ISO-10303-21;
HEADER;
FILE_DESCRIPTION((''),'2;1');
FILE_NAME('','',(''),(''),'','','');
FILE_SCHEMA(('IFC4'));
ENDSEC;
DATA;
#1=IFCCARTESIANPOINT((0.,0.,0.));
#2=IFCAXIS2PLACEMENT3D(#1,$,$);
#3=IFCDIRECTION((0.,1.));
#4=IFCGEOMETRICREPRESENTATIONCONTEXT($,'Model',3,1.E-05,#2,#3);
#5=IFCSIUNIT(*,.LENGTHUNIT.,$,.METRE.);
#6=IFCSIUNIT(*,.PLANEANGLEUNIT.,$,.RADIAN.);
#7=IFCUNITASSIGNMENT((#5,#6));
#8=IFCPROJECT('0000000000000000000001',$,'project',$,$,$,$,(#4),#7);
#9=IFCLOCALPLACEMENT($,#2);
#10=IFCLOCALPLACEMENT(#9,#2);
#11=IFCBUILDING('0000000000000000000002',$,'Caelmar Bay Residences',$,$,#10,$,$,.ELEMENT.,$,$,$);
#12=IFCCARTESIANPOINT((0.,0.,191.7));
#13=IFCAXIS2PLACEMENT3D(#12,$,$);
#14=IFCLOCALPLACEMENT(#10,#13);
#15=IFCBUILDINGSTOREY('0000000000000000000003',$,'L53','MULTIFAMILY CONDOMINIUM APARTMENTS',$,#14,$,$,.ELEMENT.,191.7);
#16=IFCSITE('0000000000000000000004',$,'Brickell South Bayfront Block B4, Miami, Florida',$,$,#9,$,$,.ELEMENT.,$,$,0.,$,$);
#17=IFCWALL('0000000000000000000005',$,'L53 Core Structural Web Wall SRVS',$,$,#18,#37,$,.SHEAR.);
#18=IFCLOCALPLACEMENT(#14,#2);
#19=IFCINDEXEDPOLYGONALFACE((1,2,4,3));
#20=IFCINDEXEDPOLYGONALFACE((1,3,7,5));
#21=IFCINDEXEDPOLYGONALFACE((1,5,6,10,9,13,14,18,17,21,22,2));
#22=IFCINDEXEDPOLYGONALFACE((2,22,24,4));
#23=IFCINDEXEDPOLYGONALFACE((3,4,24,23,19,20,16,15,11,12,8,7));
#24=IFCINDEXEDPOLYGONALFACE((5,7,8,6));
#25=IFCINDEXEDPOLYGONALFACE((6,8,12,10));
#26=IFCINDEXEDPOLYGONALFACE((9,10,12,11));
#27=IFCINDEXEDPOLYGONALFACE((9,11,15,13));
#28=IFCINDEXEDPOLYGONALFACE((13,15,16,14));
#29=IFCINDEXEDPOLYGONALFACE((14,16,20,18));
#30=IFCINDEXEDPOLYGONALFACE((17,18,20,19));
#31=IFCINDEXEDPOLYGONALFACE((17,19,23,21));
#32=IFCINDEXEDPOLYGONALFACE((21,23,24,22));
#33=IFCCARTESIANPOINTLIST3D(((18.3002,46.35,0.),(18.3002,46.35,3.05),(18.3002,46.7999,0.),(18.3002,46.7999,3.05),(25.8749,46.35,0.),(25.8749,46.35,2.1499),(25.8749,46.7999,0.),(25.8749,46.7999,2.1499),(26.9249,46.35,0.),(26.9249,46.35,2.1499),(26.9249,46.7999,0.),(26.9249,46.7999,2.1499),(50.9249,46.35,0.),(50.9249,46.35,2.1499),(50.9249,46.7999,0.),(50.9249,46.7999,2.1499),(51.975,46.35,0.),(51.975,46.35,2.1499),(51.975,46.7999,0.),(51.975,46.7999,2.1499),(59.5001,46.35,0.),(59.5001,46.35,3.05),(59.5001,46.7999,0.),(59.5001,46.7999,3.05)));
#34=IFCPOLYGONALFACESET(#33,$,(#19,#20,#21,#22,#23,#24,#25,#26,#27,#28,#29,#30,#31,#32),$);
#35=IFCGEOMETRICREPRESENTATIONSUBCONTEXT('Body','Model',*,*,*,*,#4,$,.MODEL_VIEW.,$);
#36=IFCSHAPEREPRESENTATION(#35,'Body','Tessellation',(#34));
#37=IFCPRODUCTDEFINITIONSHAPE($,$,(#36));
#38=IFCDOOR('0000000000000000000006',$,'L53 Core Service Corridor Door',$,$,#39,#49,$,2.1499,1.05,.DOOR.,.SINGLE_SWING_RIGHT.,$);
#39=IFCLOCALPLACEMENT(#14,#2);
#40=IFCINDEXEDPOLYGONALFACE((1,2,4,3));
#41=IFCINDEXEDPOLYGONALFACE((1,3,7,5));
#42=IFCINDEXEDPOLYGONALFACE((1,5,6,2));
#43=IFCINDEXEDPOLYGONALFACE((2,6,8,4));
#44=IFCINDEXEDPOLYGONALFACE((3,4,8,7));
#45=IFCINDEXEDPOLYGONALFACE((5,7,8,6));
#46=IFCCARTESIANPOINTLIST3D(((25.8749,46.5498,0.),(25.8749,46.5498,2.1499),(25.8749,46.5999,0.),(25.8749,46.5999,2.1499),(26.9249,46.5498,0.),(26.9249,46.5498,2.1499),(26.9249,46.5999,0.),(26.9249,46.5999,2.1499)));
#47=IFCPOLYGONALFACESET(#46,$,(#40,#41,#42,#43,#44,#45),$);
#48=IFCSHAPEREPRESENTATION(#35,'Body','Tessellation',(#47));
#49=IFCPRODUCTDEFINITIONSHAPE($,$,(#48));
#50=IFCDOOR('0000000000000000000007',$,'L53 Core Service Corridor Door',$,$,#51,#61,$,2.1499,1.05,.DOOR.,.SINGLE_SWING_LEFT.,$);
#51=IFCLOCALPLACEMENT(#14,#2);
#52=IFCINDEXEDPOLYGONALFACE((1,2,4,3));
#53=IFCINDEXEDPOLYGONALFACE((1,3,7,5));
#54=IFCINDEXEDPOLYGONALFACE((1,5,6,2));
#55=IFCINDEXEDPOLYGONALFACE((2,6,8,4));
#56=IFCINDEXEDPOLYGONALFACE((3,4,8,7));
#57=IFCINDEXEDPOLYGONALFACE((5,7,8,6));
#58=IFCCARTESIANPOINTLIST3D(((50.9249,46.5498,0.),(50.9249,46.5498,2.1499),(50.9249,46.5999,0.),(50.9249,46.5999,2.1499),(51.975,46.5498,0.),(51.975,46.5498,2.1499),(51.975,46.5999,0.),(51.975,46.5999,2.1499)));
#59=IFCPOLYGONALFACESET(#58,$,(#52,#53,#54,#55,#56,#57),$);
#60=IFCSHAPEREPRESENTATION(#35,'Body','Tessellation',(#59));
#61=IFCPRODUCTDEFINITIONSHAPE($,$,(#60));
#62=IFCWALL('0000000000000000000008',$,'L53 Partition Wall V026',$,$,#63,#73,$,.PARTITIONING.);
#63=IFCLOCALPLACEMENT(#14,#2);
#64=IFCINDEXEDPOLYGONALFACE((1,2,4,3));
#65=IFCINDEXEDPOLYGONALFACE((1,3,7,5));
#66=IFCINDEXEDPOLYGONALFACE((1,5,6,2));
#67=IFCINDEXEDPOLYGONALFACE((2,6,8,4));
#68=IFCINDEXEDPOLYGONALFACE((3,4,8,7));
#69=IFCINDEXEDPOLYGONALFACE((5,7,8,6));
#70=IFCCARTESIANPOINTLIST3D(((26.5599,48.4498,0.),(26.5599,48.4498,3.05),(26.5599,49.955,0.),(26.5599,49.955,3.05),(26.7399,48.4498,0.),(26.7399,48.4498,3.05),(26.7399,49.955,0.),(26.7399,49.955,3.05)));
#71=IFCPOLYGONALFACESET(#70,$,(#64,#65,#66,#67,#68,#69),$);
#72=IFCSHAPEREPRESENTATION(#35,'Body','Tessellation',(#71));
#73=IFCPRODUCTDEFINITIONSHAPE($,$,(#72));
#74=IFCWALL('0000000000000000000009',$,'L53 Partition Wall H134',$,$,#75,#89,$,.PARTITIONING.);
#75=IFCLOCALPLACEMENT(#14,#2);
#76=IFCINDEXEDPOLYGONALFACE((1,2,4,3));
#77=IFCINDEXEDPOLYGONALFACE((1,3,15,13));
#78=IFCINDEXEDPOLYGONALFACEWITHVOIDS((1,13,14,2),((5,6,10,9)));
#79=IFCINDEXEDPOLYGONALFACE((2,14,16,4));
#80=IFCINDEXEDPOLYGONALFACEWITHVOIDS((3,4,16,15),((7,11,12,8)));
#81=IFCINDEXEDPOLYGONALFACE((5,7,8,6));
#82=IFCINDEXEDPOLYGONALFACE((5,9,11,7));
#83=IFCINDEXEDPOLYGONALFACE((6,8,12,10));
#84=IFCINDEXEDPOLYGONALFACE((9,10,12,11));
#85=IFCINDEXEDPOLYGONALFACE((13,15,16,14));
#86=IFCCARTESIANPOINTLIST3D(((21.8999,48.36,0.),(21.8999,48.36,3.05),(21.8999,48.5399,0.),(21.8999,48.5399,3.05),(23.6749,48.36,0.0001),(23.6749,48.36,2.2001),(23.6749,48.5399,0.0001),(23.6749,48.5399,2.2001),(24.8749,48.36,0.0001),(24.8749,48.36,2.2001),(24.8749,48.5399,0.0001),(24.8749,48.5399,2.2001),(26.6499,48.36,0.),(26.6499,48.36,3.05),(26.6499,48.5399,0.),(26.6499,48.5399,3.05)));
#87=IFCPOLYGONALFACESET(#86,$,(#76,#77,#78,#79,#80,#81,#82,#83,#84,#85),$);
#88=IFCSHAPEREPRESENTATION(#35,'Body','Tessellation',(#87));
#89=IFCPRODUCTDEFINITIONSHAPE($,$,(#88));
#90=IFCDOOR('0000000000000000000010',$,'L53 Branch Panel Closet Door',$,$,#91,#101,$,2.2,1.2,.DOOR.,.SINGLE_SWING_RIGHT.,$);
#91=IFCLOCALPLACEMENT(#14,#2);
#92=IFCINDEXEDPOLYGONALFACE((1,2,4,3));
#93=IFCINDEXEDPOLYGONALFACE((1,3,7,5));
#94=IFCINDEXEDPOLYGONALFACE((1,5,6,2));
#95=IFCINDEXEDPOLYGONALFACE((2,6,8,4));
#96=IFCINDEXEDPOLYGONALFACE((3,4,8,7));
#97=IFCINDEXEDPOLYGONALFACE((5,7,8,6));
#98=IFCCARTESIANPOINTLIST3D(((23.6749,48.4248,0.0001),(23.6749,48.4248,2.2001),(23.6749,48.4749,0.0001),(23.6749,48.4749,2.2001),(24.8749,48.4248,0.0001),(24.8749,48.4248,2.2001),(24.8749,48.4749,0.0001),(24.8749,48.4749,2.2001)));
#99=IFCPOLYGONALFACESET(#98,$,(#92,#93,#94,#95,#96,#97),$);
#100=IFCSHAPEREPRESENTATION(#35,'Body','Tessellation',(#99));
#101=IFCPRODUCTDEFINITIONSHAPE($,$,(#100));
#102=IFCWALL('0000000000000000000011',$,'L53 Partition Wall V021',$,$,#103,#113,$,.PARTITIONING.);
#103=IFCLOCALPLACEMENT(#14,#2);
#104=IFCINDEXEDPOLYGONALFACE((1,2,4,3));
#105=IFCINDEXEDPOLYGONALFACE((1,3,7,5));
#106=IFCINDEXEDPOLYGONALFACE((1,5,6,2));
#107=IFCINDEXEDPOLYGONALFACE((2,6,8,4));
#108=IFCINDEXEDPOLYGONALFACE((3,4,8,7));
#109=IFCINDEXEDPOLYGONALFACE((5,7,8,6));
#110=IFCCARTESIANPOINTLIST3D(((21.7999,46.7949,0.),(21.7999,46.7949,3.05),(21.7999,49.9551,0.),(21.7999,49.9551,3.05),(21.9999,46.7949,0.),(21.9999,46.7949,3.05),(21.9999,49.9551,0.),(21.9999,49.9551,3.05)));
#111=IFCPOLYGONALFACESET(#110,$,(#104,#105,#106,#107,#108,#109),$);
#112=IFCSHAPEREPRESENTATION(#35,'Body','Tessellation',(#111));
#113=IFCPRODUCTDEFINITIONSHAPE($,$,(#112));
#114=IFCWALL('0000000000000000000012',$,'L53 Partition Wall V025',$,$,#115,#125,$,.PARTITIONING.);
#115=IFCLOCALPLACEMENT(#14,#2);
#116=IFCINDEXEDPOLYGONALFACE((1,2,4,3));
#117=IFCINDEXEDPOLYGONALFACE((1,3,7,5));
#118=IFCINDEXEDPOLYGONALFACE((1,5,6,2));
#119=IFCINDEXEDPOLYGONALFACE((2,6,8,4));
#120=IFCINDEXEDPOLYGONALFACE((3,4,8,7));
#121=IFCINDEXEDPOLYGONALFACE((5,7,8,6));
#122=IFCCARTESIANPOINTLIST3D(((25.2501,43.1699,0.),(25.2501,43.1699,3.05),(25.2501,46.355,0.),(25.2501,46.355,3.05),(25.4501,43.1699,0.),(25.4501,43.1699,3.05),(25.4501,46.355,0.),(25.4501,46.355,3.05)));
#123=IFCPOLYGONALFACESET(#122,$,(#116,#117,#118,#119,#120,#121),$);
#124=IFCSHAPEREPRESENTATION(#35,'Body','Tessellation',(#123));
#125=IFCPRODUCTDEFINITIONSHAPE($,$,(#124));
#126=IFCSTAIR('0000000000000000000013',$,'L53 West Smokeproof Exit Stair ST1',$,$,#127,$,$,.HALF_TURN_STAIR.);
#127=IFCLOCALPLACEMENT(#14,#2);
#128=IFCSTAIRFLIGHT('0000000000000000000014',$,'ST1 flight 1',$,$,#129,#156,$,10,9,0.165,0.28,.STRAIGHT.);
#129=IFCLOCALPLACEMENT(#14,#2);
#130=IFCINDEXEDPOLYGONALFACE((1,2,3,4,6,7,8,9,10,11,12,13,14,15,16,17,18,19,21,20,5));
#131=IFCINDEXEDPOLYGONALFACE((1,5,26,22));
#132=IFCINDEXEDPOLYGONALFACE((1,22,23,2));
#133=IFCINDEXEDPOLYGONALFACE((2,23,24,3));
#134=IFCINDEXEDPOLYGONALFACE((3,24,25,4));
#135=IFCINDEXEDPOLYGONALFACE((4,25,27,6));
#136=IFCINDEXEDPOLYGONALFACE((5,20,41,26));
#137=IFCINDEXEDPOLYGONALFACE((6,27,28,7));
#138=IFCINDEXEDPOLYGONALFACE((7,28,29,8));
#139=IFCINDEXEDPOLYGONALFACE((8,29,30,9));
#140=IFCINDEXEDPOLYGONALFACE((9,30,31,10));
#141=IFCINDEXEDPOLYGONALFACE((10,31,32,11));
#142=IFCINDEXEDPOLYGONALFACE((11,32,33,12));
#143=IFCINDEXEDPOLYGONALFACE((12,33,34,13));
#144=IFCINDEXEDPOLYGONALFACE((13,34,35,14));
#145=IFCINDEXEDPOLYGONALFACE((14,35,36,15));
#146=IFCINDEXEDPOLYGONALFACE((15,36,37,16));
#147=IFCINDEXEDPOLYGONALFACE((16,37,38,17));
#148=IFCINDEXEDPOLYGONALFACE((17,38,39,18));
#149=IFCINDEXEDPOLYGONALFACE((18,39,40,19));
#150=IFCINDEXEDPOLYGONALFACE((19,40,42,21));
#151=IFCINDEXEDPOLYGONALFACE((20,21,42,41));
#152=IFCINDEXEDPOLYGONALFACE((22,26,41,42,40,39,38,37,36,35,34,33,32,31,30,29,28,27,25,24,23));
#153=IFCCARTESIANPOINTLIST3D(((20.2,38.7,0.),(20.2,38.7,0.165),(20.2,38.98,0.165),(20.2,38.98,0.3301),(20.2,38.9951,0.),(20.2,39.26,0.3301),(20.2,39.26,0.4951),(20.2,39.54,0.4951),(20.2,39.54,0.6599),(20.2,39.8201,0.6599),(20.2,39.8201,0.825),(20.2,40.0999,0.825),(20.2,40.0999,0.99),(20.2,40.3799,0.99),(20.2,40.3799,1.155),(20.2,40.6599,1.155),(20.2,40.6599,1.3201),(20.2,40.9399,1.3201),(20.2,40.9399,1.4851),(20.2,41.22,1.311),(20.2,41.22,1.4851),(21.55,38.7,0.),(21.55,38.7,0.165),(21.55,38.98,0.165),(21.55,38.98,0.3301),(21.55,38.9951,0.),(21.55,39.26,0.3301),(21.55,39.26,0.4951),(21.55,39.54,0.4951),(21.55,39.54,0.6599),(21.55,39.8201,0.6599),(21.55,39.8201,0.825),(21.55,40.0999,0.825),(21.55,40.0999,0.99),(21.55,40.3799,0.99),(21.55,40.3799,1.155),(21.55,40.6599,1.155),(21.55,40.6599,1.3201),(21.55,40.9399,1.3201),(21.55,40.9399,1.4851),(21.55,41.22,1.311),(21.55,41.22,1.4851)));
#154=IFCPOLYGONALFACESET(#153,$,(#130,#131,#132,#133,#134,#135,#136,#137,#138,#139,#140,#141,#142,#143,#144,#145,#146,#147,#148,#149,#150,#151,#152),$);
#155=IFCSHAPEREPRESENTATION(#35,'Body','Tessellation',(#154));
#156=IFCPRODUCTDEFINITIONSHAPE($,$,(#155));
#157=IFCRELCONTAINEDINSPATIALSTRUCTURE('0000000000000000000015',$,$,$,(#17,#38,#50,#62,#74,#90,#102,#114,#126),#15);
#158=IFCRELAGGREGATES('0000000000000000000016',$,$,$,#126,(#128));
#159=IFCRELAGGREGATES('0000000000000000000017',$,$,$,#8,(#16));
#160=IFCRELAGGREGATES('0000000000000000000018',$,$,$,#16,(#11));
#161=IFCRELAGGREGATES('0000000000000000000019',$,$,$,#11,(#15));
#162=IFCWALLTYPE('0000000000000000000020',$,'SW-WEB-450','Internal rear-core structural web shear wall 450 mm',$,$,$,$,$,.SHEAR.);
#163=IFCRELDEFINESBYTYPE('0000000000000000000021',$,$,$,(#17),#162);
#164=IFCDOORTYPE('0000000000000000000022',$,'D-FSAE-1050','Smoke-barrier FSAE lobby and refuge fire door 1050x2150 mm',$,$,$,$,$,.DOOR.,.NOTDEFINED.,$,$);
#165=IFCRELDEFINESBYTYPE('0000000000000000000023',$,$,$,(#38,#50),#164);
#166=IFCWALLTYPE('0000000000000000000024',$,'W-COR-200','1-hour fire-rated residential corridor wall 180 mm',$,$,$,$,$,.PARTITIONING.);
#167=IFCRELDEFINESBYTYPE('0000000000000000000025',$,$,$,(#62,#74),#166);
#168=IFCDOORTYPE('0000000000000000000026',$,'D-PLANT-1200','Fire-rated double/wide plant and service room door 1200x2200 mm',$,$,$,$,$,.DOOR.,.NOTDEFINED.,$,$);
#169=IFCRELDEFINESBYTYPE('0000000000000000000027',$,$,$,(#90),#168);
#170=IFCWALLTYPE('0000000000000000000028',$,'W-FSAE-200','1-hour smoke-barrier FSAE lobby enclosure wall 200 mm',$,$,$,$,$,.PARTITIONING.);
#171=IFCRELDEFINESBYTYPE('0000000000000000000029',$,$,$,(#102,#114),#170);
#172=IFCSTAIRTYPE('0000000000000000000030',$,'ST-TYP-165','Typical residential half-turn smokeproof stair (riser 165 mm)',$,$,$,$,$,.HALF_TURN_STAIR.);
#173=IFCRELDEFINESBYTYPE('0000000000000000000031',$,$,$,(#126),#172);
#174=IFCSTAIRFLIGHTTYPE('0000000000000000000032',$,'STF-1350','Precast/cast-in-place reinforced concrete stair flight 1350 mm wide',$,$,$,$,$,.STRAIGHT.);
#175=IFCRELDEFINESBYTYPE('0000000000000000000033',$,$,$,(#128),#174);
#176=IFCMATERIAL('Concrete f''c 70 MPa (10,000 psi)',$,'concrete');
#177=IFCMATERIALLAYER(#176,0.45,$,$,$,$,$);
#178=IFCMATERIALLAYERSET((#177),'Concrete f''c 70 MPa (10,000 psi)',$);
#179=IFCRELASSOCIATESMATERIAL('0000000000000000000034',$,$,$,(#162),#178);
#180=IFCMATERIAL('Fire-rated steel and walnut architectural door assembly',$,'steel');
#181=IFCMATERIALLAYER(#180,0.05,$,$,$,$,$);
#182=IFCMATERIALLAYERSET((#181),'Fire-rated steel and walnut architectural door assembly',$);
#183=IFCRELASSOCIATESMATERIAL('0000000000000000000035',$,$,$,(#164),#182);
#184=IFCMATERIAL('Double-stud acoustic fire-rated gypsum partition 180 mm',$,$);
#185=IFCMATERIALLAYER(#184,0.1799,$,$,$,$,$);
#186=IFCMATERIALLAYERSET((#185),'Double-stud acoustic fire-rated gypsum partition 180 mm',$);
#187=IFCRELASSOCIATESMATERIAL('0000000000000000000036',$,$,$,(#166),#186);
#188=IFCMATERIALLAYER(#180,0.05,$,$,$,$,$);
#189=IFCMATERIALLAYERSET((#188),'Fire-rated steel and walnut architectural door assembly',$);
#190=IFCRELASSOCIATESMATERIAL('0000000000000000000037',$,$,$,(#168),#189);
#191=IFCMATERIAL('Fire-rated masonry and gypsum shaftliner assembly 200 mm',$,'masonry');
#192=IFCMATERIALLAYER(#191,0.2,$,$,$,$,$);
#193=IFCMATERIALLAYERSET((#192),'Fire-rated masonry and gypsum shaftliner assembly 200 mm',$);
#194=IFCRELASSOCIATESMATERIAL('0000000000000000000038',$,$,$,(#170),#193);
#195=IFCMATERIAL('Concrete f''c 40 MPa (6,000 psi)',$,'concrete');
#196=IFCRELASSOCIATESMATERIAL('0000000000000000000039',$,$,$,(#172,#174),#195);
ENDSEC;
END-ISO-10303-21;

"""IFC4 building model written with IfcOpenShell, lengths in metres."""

from ifc_helpers import new_model, si_unit, direction, frame, frame_2d, origin, place, context, subcontext, project, spatial, polyline, rectangle, outline, extrude, material, layer, layer_set, type_object, element, fill, aggregate, save


model = new_model("IFC4")

# Units and contexts
model_context = context("Model", 3, precision=1e-05, world=origin(), true_north=direction((0.0, 1.0)))
body_context = subcontext(model_context, "Body", "Model", "MODEL_VIEW")
ifc_project = project(units=[si_unit("LENGTHUNIT", "METRE"), si_unit("PLANEANGLEUNIT", "RADIAN")], contexts=[model_context])

# Site, building, storey
site_placement = place(None, origin())
site = spatial("IfcSite", under=ifc_project, at=site_placement, Name="Brickell South Bayfront Block B4, Miami, Florida", CompositionType="ELEMENT", RefElevation=0.0)
building_placement = place(site_placement, origin())
building = spatial("IfcBuilding", under=site, at=building_placement, Name="Caelmar Bay Residences", CompositionType="ELEMENT")
storey_placement = place(building_placement, frame((0.0, 0.0, 191.7)))
storey = spatial("IfcBuildingStorey", under=building, at=storey_placement, Name="L53", Description="MULTIFAMILY CONDOMINIUM APARTMENTS", CompositionType="ELEMENT", Elevation=191.7)

# Wall, openings, doors
ifc_material_1 = material(Name="Concrete f'c 70 MPa (10,000 psi)", Category="concrete")
ifc_layer_1 = layer(ifc_material_1, 0.45)
ifc_layer_set_1 = layer_set([ifc_layer_1], Name="Concrete f'c 70 MPa (10,000 psi)")
wall_type_1 = type_object("IfcWallType", Name="SW-WEB-450", Description="Internal rear-core structural web shear wall 450 mm", PredefinedType="SHEAR", material=ifc_layer_set_1)
ifc_material_2 = material(Name="Fire-rated steel and walnut architectural door assembly", Category="steel")
ifc_layer_2 = layer(ifc_material_2, 0.05)
ifc_layer_set_2 = layer_set([ifc_layer_2], Name="Fire-rated steel and walnut architectural door assembly")
door_type_1 = type_object("IfcDoorType", Name="D-FSAE-1050", Description="Smoke-barrier FSAE lobby and refuge fire door 1050x2150 mm", OperationType="NOTDEFINED", PredefinedType="DOOR", material=ifc_layer_set_2)
wall_1_placement = place(storey_placement, frame((18.3, 46.575, 0.0), z_axis=(0.0, 0.0, 1.0), x_axis=(1.0, 0.0, 0.0)))
wall_1 = element("IfcWall", 1, at=wall_1_placement, inside=storey, type_object=wall_type_1, Name="L53 Core Structural Web Wall SRVS", PredefinedType="SHEAR", context=body_context, shape_type="SweptSolid", body=[
    extrude(rectangle(XDim=41.2, YDim=0.45, at=frame_2d((20.6001, 0.0))), origin(), (0.0, 0.0, 1.0), 3.05),
])
opening_1_placement = place(wall_1_placement, frame((7.575, 0.0, 0.0)))
opening_1 = element("IfcOpeningElement", 2, at=opening_1_placement, cuts=wall_1, PredefinedType="OPENING", context=body_context, shape_type="SweptSolid", body=[
    extrude(rectangle(XDim=1.05, YDim=2.1499, at=frame_2d((0.5249, 1.075))), frame((0.0, 0.2349, 0.0), z_axis=(0.0, -1.0, 0.0), x_axis=(1.0, 0.0, 0.0)), (0.0, 0.0, 1.0), 0.47),
])
opening_2_placement = place(wall_1_placement, frame((32.625, 0.0, 0.0)))
opening_2 = element("IfcOpeningElement", 3, at=opening_2_placement, cuts=wall_1, PredefinedType="OPENING", context=body_context, shape_type="SweptSolid", body=[
    extrude(rectangle(XDim=1.05, YDim=2.1499, at=frame_2d((0.5249, 1.075))), frame((0.0, 0.2349, 0.0), z_axis=(0.0, -1.0, 0.0), x_axis=(1.0, 0.0, 0.0)), (0.0, 0.0, 1.0), 0.47),
])
door_1_placement = place(opening_1_placement, origin())
door_1 = element("IfcDoor", 4, at=door_1_placement, inside=storey, type_object=door_type_1, Name="L53 Core Service Corridor Door", OperationType="SINGLE_SWING_RIGHT", OverallHeight=2.1499, OverallWidth=1.05, PredefinedType="DOOR", context=body_context, shape_type="SweptSolid", body=[
    extrude(rectangle(XDim=1.05, YDim=2.1499, at=frame_2d((0.5249, 1.075))), frame((0.0, 0.0249, 0.0), z_axis=(0.0, -1.0, 0.0), x_axis=(1.0, 0.0, 0.0)), (0.0, 0.0, 1.0), 0.05),
])
fill(opening_1, door_1)
door_2_placement = place(opening_2_placement, origin())
door_2 = element("IfcDoor", 5, at=door_2_placement, inside=storey, type_object=door_type_1, Name="L53 Core Service Corridor Door", OperationType="SINGLE_SWING_LEFT", OverallHeight=2.1499, OverallWidth=1.05, PredefinedType="DOOR", context=body_context, shape_type="SweptSolid", body=[
    extrude(rectangle(XDim=1.05, YDim=2.1499, at=frame_2d((0.5249, 1.075))), frame((0.0, 0.0249, 0.0), z_axis=(0.0, -1.0, 0.0), x_axis=(1.0, 0.0, 0.0)), (0.0, 0.0, 1.0), 0.05),
])
fill(opening_2, door_2)

# Wall
ifc_material_3 = material(Name="Double-stud acoustic fire-rated gypsum partition 180 mm")
ifc_layer_3 = layer(ifc_material_3, 0.1799)
ifc_layer_set_3 = layer_set([ifc_layer_3], Name="Double-stud acoustic fire-rated gypsum partition 180 mm")
wall_type_2 = type_object("IfcWallType", Name="W-COR-200", Description="1-hour fire-rated residential corridor wall 180 mm", PredefinedType="PARTITIONING", material=ifc_layer_set_3)
wall_2_placement = place(storey_placement, frame((26.6499, 48.45, 0.0), z_axis=(0.0, 0.0, 1.0), x_axis=(0.0, 1.0, 0.0)))
element("IfcWall", 6, at=wall_2_placement, inside=storey, type_object=wall_type_2, Name="L53 Partition Wall V026", PredefinedType="PARTITIONING", context=body_context, shape_type="SweptSolid", body=[
    extrude(rectangle(XDim=1.5051, YDim=0.1799, at=frame_2d((0.7524, 0.0))), origin(), (0.0, 0.0, 1.0), 3.05),
])

# Wall, opening, door
wall_3_placement = place(storey_placement, frame((21.8999, 48.45, 0.0), z_axis=(0.0, 0.0, 1.0), x_axis=(1.0, 0.0, 0.0)))
wall_3 = element("IfcWall", 7, at=wall_3_placement, inside=storey, type_object=wall_type_2, Name="L53 Partition Wall H134", PredefinedType="PARTITIONING", context=body_context, shape_type="SweptSolid", body=[
    extrude(rectangle(XDim=4.75, YDim=0.1799, at=frame_2d((2.375, 0.0))), origin(), (0.0, 0.0, 1.0), 3.05),
])
opening_3_placement = place(wall_3_placement, frame((1.7749, 0.0, 0.0)))
opening_3 = element("IfcOpeningElement", 8, at=opening_3_placement, cuts=wall_3, PredefinedType="OPENING", context=body_context, shape_type="SweptSolid", body=[
    extrude(rectangle(XDim=1.2, YDim=2.2, at=frame_2d((0.6001, 1.1001))), frame((0.0, 0.0999, 0.0), z_axis=(0.0, -1.0, 0.0), x_axis=(1.0, 0.0, 0.0)), (0.0, 0.0, 1.0), 0.2),
])
ifc_layer_4 = layer(ifc_material_2, 0.05)
ifc_layer_set_4 = layer_set([ifc_layer_4], Name="Fire-rated steel and walnut architectural door assembly")
door_type_2 = type_object("IfcDoorType", Name="D-PLANT-1200", Description="Fire-rated double/wide plant and service room door 1200x2200 mm", OperationType="NOTDEFINED", PredefinedType="DOOR", material=ifc_layer_set_4)
door_3_placement = place(opening_3_placement, origin())
door_3 = element("IfcDoor", 9, at=door_3_placement, inside=storey, type_object=door_type_2, Name="L53 Branch Panel Closet Door", OperationType="SINGLE_SWING_RIGHT", OverallHeight=2.2, OverallWidth=1.2, PredefinedType="DOOR", context=body_context, shape_type="SweptSolid", body=[
    extrude(rectangle(XDim=1.2, YDim=2.2, at=frame_2d((0.6001, 1.1001))), frame((0.0, 0.0249, 0.0), z_axis=(0.0, -1.0, 0.0), x_axis=(1.0, 0.0, 0.0)), (0.0, 0.0, 1.0), 0.05),
])
fill(opening_3, door_3)

# Walls
ifc_material_4 = material(Name="Fire-rated masonry and gypsum shaftliner assembly 200 mm", Category="masonry")
ifc_layer_5 = layer(ifc_material_4, 0.2)
ifc_layer_set_5 = layer_set([ifc_layer_5], Name="Fire-rated masonry and gypsum shaftliner assembly 200 mm")
wall_type_3 = type_object("IfcWallType", Name="W-FSAE-200", Description="1-hour smoke-barrier FSAE lobby enclosure wall 200 mm", PredefinedType="PARTITIONING", material=ifc_layer_set_5)
wall_4_placement = place(storey_placement, frame((21.8999, 46.7949, 0.0), z_axis=(0.0, 0.0, 1.0), x_axis=(0.0, 1.0, 0.0)))
element("IfcWall", 10, at=wall_4_placement, inside=storey, type_object=wall_type_3, Name="L53 Partition Wall V021", PredefinedType="PARTITIONING", context=body_context, shape_type="SweptSolid", body=[
    extrude(rectangle(XDim=3.1602, YDim=0.2, at=frame_2d((1.5801, 0.0))), origin(), (0.0, 0.0, 1.0), 3.05),
])
wall_5_placement = place(storey_placement, frame((25.3501, 43.1699, 0.0), z_axis=(0.0, 0.0, 1.0), x_axis=(0.0, 1.0, 0.0)))
element("IfcWall", 11, at=wall_5_placement, inside=storey, type_object=wall_type_3, Name="L53 Partition Wall V025", PredefinedType="PARTITIONING", context=body_context, shape_type="SweptSolid", body=[
    extrude(rectangle(XDim=3.1851, YDim=0.2, at=frame_2d((1.5925, 0.0))), origin(), (0.0, 0.0, 1.0), 3.05),
])

# Stair, stair flight
ifc_material_5 = material(Name="Concrete f'c 40 MPa (6,000 psi)", Category="concrete")
stair_type = type_object("IfcStairType", Name="ST-TYP-165", Description="Typical residential half-turn smokeproof stair (riser 165 mm)", PredefinedType="HALF_TURN_STAIR", material=ifc_material_5)
stair_placement = place(storey_placement, origin())
stair = element("IfcStair", 12, at=stair_placement, inside=storey, type_object=stair_type, Name="L53 West Smokeproof Exit Stair ST1", PredefinedType="HALF_TURN_STAIR")
stair_flight_type = type_object("IfcStairFlightType", Name="STF-1350", Description="Precast/cast-in-place reinforced concrete stair flight 1350 mm wide", PredefinedType="STRAIGHT", material=ifc_material_5)
stair_flight_1_placement = place(storey_placement, frame((20.875, 38.7, 0.0), z_axis=(0.0, 0.0, 1.0), x_axis=(0.0, 1.0, 0.0)))
stair_flight_1 = element("IfcStairFlight", 13, at=stair_flight_1_placement, type_object=stair_flight_type, Name="ST1 flight 1", NumberOfRisers=10, NumberOfTreads=9, PredefinedType="STRAIGHT", RiserHeight=0.165, TreadLength=0.28, context=body_context, shape_type="SweptSolid", body=[
    extrude(outline(polyline([(0.0, 0.0), (0.0, 0.165), (0.28, 0.165), (0.28, 0.3301), (0.5601, 0.3301), (0.5601, 0.4951), (0.8401, 0.4951), (0.8401, 0.6599), (1.1201, 0.6599), (1.1201, 0.825), (1.3999, 0.825), (1.3999, 0.99), (1.6799, 0.99), (1.6799, 1.155), (1.96, 1.155), (1.96, 1.3201), (2.24, 1.3201), (2.24, 1.4851), (2.52, 1.4851), (2.52, 1.6499), (2.52, 1.311), (0.2952, 0.0), (0.0, 0.0)])), frame((0.0, 0.675, 0.0), z_axis=(0.0, -1.0, 0.0), x_axis=(1.0, 0.0, 0.0)), (0.0, 0.0, 1.0), 1.3501),
])
aggregate(stair, [stair_flight_1])

save(model, "model.ifc")
